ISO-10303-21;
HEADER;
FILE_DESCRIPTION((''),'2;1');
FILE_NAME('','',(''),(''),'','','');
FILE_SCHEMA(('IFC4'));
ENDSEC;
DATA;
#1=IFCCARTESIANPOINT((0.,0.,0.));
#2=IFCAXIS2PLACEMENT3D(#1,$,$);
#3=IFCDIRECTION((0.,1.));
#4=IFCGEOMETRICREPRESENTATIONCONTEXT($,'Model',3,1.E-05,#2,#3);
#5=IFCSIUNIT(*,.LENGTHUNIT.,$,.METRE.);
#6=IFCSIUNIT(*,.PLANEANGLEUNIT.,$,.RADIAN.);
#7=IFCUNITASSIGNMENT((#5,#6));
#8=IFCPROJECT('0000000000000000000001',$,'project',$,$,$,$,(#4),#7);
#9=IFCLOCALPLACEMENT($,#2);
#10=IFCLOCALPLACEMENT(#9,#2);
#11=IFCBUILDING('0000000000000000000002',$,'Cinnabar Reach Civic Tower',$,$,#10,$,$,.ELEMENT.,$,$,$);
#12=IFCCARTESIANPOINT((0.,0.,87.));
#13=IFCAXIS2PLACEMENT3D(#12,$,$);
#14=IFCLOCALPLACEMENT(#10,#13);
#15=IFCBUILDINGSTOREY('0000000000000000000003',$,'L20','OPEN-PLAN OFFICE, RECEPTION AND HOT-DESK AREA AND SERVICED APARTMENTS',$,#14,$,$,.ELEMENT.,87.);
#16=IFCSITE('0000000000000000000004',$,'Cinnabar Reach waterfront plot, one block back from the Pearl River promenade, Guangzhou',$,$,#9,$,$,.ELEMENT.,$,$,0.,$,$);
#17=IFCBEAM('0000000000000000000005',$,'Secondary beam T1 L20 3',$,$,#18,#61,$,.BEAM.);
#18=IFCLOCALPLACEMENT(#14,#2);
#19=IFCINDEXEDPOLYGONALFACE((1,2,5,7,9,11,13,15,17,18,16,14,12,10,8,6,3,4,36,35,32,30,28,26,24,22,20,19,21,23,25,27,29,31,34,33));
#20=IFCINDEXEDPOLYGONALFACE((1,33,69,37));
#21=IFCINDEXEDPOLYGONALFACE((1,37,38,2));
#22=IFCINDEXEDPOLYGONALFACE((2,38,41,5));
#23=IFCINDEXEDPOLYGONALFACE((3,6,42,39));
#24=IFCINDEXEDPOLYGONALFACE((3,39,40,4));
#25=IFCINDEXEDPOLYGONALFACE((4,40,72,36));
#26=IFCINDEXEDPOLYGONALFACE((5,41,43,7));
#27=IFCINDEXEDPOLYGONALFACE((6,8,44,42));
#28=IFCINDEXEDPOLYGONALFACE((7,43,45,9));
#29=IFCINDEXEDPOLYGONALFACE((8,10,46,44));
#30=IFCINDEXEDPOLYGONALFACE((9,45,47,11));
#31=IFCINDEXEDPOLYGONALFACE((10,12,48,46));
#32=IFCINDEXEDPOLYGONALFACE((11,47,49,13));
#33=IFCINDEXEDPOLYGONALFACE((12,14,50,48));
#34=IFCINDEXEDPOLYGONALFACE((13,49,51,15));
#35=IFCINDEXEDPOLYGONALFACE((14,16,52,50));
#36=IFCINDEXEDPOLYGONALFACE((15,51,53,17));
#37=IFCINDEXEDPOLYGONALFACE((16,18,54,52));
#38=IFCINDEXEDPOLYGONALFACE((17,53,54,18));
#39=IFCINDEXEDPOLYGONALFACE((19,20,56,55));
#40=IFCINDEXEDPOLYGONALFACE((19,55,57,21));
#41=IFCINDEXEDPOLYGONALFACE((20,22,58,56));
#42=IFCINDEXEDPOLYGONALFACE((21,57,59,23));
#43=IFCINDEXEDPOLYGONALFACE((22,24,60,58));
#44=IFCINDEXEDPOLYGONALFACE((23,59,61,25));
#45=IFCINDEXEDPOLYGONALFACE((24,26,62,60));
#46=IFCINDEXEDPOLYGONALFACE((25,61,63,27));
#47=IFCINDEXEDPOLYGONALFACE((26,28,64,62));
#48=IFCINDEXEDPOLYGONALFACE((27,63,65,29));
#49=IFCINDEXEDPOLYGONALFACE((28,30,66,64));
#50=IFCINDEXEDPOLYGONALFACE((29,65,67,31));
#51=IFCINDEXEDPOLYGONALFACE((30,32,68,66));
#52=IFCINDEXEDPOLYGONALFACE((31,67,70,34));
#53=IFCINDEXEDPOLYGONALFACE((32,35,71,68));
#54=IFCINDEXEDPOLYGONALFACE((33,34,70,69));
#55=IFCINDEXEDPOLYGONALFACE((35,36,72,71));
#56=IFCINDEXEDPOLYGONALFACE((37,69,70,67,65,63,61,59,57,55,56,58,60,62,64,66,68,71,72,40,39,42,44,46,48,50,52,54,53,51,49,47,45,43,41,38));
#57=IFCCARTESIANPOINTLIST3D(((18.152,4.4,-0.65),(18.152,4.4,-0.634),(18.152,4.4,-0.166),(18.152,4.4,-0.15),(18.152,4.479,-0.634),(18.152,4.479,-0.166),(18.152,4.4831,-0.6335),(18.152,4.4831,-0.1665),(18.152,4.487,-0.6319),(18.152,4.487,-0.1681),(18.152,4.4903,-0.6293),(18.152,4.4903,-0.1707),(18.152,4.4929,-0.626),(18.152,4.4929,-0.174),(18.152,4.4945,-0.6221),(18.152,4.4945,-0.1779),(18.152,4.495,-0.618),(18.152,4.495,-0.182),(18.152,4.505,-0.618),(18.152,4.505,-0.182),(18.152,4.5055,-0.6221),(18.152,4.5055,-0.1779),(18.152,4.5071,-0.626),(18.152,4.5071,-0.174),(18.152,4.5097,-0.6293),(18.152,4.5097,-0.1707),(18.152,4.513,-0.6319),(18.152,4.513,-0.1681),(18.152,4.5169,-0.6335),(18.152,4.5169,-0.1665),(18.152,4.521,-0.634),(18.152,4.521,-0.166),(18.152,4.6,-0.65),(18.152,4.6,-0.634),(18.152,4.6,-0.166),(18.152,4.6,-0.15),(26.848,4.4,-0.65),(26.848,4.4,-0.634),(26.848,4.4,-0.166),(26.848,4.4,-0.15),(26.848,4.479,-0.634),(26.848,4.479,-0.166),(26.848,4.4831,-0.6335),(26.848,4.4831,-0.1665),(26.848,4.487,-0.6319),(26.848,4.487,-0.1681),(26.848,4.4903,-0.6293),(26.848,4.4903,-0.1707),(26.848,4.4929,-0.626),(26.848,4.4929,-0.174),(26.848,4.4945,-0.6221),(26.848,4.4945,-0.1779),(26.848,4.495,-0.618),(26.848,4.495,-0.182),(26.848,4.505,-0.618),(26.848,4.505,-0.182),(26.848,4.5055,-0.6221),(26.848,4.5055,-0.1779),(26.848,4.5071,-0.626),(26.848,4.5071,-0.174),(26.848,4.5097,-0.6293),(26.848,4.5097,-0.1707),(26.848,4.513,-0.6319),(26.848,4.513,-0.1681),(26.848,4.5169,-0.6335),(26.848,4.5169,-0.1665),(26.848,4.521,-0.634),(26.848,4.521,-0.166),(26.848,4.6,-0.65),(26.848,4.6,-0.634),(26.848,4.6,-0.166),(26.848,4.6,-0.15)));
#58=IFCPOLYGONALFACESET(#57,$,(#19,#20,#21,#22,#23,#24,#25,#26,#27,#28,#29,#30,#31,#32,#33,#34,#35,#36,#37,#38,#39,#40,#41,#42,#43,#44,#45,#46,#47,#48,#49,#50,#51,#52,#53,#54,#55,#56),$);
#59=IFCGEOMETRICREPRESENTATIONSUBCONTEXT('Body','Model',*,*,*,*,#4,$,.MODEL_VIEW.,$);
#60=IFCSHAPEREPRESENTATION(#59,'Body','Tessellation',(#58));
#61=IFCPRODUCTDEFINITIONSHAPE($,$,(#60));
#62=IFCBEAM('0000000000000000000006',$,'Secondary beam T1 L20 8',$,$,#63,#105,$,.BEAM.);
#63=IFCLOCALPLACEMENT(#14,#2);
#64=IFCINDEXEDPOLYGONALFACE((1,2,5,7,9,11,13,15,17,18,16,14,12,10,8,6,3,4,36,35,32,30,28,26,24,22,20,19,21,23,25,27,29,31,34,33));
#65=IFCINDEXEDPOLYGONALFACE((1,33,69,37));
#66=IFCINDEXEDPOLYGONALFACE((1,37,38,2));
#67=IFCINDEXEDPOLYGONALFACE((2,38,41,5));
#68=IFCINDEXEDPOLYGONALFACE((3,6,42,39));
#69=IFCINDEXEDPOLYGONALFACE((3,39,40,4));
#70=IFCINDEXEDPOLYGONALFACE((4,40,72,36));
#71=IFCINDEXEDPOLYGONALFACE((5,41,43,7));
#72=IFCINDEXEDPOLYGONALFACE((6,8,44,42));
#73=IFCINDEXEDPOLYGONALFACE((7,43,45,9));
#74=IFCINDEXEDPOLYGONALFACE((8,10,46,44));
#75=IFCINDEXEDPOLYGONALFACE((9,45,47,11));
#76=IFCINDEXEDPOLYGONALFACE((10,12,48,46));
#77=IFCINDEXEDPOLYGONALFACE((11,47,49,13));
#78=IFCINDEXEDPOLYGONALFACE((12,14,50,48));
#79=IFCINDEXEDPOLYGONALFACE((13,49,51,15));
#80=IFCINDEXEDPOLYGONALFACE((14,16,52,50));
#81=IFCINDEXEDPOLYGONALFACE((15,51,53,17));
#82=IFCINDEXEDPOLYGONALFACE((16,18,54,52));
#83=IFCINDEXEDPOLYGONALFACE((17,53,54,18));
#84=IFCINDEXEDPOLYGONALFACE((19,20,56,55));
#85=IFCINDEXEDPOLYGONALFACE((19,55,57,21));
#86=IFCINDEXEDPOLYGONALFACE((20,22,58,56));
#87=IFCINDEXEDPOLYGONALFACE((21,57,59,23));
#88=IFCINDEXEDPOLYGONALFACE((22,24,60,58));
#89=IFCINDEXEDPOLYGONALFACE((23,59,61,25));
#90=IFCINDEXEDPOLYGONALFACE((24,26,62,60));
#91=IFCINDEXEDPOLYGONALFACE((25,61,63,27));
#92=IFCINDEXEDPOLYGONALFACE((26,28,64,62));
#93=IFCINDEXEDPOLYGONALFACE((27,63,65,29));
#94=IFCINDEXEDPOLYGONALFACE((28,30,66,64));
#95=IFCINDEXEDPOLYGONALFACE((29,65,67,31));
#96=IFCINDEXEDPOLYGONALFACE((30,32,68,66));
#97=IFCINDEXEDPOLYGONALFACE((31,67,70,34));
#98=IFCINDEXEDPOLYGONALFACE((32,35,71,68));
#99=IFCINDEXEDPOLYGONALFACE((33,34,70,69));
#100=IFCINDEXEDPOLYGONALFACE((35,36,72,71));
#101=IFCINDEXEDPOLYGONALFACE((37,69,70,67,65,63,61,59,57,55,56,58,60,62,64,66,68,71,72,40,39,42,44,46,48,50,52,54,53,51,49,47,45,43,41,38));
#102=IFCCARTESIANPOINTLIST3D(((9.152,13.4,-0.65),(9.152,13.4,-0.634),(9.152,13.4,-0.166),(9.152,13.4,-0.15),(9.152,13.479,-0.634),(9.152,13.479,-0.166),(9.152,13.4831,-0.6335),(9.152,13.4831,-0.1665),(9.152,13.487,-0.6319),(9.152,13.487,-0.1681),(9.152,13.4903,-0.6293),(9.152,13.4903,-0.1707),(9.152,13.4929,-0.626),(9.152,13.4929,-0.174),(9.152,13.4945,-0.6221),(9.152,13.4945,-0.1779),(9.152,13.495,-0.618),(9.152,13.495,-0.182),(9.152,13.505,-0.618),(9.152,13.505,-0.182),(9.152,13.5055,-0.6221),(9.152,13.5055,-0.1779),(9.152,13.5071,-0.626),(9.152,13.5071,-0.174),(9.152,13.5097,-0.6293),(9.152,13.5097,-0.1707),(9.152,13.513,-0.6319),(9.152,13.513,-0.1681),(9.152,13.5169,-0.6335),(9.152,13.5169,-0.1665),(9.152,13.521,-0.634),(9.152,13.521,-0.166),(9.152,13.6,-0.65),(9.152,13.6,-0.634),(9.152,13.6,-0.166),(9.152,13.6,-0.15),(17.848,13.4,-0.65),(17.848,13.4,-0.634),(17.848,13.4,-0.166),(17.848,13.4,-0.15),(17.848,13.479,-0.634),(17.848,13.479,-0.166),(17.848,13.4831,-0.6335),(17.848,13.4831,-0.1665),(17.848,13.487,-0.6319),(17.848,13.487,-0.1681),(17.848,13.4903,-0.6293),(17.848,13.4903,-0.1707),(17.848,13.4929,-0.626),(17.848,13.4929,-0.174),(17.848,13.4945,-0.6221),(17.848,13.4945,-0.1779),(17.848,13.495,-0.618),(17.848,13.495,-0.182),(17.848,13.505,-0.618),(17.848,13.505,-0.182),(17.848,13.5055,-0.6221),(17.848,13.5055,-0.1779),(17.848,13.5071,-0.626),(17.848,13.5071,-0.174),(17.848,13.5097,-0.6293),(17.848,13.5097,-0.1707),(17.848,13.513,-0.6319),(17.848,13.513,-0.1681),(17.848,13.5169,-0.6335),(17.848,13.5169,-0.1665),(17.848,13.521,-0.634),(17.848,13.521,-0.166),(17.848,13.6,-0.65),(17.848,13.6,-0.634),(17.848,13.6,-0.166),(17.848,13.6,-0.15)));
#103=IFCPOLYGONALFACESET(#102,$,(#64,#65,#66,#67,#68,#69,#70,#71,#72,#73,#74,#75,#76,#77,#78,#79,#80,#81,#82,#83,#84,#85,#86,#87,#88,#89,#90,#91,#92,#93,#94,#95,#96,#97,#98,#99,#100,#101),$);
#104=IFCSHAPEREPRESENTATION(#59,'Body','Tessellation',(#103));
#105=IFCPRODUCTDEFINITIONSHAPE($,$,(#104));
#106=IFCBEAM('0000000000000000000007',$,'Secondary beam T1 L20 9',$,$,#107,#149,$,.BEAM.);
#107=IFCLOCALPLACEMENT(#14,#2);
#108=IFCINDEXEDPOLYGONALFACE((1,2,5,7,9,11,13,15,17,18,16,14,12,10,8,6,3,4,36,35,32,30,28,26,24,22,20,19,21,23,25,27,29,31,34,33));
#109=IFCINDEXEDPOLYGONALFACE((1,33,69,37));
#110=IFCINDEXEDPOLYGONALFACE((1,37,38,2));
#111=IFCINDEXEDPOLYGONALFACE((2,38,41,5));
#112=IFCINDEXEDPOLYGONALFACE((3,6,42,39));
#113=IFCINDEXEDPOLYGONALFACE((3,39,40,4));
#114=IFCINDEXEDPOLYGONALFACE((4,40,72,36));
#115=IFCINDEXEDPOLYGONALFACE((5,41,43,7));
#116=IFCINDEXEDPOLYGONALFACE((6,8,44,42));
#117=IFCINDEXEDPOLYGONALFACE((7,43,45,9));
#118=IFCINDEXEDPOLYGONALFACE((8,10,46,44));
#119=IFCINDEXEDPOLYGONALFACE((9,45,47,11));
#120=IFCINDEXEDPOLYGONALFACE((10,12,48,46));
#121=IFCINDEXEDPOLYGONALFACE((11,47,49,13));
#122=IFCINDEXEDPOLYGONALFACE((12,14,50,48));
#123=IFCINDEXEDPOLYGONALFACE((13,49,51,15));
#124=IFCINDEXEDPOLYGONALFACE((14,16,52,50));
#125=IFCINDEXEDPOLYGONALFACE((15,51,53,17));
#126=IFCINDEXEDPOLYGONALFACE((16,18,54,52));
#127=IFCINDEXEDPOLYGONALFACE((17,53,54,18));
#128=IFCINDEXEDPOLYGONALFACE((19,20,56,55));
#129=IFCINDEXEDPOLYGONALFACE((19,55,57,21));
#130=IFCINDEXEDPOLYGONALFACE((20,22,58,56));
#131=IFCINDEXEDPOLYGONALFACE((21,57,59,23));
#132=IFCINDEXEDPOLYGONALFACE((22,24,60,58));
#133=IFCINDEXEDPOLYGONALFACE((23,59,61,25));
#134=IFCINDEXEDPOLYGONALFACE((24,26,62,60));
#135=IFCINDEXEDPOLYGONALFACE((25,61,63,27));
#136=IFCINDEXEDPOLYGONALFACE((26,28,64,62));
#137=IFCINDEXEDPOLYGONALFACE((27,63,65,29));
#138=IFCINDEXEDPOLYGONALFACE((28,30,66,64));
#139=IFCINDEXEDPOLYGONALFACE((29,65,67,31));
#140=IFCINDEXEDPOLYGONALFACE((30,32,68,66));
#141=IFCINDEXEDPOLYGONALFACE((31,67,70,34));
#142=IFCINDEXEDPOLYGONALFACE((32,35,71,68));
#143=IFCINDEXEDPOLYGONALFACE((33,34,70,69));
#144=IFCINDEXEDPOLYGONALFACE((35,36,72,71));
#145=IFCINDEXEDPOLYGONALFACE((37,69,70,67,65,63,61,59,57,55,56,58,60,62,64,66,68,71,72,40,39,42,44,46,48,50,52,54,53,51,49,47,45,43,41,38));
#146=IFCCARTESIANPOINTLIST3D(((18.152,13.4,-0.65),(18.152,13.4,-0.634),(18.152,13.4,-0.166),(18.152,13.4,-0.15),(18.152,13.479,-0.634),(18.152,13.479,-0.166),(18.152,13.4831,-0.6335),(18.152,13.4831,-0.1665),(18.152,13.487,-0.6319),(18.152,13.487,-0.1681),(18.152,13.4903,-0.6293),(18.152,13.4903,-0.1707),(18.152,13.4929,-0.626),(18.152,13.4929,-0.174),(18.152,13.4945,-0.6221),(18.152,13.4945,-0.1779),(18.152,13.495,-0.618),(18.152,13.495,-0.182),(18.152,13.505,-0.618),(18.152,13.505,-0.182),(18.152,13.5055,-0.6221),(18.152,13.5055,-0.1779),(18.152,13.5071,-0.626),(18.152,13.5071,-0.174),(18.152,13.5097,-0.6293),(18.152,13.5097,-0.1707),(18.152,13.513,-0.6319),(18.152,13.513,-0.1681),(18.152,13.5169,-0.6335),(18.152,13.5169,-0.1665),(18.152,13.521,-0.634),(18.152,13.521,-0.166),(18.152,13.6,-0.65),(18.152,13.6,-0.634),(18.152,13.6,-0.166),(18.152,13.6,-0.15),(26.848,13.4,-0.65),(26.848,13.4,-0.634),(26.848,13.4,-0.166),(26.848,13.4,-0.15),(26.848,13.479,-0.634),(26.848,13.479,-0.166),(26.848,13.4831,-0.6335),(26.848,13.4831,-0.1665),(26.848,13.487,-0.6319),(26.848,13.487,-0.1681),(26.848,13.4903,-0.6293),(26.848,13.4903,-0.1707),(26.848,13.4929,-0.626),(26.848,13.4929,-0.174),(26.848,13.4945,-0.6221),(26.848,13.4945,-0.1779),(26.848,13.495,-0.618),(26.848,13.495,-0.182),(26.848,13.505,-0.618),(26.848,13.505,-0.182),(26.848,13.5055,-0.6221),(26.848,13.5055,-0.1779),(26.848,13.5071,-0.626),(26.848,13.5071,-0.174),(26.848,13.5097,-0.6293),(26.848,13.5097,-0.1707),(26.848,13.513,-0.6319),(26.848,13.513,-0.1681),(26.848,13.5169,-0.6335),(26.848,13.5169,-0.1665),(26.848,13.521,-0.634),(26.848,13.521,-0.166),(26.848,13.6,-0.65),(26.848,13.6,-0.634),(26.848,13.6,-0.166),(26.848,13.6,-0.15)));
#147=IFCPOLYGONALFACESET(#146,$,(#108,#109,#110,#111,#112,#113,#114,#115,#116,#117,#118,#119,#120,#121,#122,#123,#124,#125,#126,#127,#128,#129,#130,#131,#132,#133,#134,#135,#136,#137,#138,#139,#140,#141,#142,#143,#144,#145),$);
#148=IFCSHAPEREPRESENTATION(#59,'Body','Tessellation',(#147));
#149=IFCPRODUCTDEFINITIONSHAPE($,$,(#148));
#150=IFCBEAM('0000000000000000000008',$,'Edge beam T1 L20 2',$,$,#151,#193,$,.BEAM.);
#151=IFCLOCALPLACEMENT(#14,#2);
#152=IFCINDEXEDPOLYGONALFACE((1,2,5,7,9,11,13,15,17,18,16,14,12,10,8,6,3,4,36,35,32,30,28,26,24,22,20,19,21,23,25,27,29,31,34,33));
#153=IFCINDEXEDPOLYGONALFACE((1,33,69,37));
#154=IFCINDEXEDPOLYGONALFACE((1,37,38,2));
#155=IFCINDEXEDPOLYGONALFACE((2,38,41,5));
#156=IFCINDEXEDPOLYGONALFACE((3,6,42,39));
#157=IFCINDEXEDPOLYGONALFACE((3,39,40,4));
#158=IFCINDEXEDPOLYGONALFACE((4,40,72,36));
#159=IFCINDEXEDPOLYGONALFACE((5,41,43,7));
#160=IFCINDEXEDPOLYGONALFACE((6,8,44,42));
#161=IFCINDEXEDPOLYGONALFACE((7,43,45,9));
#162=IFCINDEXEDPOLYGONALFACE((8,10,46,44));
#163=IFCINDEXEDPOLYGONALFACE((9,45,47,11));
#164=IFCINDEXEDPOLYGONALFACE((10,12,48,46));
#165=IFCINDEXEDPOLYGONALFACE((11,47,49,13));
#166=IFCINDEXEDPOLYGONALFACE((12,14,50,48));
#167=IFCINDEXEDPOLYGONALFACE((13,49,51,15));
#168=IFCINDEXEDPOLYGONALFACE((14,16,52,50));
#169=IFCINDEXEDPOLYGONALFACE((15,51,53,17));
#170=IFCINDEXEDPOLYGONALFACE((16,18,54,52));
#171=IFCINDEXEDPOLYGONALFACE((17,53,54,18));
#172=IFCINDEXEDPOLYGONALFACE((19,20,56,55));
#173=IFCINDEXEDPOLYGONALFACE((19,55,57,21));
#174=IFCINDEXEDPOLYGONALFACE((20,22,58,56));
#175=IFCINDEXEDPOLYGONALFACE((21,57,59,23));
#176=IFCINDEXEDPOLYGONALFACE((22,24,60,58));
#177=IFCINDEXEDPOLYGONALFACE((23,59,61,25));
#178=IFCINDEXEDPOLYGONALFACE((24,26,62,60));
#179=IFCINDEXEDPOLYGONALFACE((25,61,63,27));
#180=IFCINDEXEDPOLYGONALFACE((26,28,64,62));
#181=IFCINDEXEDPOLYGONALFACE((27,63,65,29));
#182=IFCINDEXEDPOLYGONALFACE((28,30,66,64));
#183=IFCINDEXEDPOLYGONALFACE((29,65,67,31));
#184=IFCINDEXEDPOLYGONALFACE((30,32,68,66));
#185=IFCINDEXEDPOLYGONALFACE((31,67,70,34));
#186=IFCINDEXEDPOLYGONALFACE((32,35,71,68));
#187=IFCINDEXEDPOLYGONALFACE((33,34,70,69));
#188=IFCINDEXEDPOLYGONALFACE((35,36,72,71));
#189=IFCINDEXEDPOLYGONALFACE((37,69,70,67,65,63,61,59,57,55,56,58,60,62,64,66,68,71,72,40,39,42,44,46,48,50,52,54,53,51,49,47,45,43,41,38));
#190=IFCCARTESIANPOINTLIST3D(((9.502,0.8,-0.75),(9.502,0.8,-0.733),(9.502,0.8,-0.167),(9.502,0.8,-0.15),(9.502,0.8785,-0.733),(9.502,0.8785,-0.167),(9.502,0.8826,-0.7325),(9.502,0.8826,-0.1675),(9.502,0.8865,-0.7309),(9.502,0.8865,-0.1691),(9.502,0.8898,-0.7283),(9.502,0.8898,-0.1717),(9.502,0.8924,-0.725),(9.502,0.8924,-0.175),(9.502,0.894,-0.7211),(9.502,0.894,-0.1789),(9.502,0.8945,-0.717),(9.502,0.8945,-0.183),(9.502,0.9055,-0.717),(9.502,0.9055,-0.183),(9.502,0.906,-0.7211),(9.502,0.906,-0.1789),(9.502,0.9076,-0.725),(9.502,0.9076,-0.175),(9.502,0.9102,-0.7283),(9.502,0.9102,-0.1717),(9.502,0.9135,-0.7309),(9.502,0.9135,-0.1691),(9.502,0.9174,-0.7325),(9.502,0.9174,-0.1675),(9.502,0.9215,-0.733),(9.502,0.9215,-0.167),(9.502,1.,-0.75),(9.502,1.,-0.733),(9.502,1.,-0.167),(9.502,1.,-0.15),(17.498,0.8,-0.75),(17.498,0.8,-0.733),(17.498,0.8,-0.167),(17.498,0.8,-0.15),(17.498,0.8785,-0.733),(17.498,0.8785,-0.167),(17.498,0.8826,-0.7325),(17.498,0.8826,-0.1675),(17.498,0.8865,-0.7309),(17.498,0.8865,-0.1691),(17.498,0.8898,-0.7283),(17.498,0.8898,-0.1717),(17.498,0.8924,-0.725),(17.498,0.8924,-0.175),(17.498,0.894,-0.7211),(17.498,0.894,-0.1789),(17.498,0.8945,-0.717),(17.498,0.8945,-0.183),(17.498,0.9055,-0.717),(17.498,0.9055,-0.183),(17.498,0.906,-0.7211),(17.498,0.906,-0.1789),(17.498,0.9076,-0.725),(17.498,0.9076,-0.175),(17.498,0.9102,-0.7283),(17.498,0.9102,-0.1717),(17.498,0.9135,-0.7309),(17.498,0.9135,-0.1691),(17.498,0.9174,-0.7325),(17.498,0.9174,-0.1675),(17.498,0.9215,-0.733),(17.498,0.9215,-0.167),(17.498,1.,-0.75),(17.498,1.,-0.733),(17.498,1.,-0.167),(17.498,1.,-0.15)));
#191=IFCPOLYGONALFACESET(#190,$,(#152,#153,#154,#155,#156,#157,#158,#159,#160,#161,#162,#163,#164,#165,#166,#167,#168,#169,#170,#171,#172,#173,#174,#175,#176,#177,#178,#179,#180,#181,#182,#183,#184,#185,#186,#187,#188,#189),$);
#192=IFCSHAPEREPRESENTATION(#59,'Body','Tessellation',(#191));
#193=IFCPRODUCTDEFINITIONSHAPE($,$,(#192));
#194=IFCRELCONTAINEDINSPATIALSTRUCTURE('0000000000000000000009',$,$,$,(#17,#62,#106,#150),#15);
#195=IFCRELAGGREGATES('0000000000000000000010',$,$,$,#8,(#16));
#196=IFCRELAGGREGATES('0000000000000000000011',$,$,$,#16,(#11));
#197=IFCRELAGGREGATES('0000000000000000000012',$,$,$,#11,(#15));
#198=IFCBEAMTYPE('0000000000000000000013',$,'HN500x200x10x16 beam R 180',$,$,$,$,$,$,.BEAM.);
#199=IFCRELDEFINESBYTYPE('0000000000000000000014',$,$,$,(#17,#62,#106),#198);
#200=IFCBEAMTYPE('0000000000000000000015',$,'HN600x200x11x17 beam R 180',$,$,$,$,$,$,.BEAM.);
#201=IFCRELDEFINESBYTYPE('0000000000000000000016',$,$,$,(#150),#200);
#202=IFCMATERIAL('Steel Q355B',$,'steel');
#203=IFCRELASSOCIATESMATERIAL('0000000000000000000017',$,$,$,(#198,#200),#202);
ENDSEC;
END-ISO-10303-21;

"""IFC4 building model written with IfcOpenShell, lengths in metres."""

from ifc_helpers import new_model, si_unit, direction, frame, origin, origin_2d, place, context, subcontext, project, spatial, i_section, extrude, material, material_profile, profile_set, type_object, element, save


model = new_model("IFC4")

# Units and contexts
model_context = context("Model", 3, precision=1e-05, world=origin(), true_north=direction((0.0, 1.0)))
body_context = subcontext(model_context, "Body", "Model", "MODEL_VIEW")
ifc_project = project(units=[si_unit("LENGTHUNIT", "METRE"), si_unit("PLANEANGLEUNIT", "RADIAN")], contexts=[model_context])

# Site, building, storey
site_placement = place(None, origin())
site = spatial("IfcSite", under=ifc_project, at=site_placement, Name="Cinnabar Reach waterfront plot, one block back from the Pearl River promenade, Guangzhou", CompositionType="ELEMENT", RefElevation=0.0)
building_placement = place(site_placement, origin())
building = spatial("IfcBuilding", under=site, at=building_placement, Name="Cinnabar Reach Civic Tower", CompositionType="ELEMENT")
storey_placement = place(building_placement, frame((0.0, 0.0, 87.0)))
storey = spatial("IfcBuildingStorey", under=building, at=storey_placement, Name="L20", Description="OPEN-PLAN OFFICE, RECEPTION AND HOT-DESK AREA AND SERVICED APARTMENTS", CompositionType="ELEMENT", Elevation=87.0)

# Beams
ifc_material_1 = material(Name="Steel Q355B", Category="steel")
ifc_material_profile_1 = material_profile(ifc_material_1, i_section(OverallWidth=0.2, OverallDepth=0.5, WebThickness=0.01, FlangeThickness=0.016, FilletRadius=0.016, at=origin_2d()), Name="HN500x200x10x16")
ifc_profile_set_1 = profile_set([ifc_material_profile_1], Name="Steel Q355B")
beam_type_1 = type_object("IfcBeamType", Name="HN500x200x10x16 beam R 180", PredefinedType="BEAM", material=ifc_profile_set_1)
for number, where, z_axis, x_axis, name in (
    (1, (18.152, 4.5, -0.4), (1.0, 0.0, 0.0), (0.0, 1.0, 0.0), "Secondary beam T1 L20 3"),
    (2, (9.152, 13.5, -0.4), (1.0, 0.0, 0.0), (0.0, 1.0, 0.0), "Secondary beam T1 L20 8"),
    (3, (18.152, 13.5, -0.4), (1.0, 0.0, 0.0), (0.0, 1.0, 0.0), "Secondary beam T1 L20 9"),
):
    element("IfcBeam", number, at=place(storey_placement, frame(where, z_axis=z_axis, x_axis=x_axis)), inside=storey, type_object=beam_type_1, Name=name, PredefinedType="BEAM", context=body_context, shape_type="SweptSolid", body=[
        extrude(i_section(OverallWidth=0.2, OverallDepth=0.5, WebThickness=0.01, FlangeThickness=0.016, FilletRadius=0.016, at=origin_2d()), origin(), (0.0, 0.0, 1.0), 8.696),
    ])
ifc_material_profile_2 = material_profile(ifc_material_1, i_section(OverallWidth=0.2, OverallDepth=0.6, WebThickness=0.011, FlangeThickness=0.017, FilletRadius=0.016, at=origin_2d()), Name="HN600x200x11x17")
ifc_profile_set_2 = profile_set([ifc_material_profile_2], Name="Steel Q355B")
beam_type_2 = type_object("IfcBeamType", Name="HN600x200x11x17 beam R 180", PredefinedType="BEAM", material=ifc_profile_set_2)
for number, where, z_axis, x_axis, name in (
    (4, (9.502, 0.9, -0.45), (1.0, 0.0, 0.0), (0.0, 1.0, 0.0), "Edge beam T1 L20 2"),
):
    element("IfcBeam", number, at=place(storey_placement, frame(where, z_axis=z_axis, x_axis=x_axis)), inside=storey, type_object=beam_type_2, Name=name, PredefinedType="BEAM", context=body_context, shape_type="SweptSolid", body=[
        extrude(i_section(OverallWidth=0.2, OverallDepth=0.6, WebThickness=0.011, FlangeThickness=0.017, FilletRadius=0.016, at=origin_2d()), origin(), (0.0, 0.0, 1.0), 7.996),
    ])

save(model, "model.ifc")
